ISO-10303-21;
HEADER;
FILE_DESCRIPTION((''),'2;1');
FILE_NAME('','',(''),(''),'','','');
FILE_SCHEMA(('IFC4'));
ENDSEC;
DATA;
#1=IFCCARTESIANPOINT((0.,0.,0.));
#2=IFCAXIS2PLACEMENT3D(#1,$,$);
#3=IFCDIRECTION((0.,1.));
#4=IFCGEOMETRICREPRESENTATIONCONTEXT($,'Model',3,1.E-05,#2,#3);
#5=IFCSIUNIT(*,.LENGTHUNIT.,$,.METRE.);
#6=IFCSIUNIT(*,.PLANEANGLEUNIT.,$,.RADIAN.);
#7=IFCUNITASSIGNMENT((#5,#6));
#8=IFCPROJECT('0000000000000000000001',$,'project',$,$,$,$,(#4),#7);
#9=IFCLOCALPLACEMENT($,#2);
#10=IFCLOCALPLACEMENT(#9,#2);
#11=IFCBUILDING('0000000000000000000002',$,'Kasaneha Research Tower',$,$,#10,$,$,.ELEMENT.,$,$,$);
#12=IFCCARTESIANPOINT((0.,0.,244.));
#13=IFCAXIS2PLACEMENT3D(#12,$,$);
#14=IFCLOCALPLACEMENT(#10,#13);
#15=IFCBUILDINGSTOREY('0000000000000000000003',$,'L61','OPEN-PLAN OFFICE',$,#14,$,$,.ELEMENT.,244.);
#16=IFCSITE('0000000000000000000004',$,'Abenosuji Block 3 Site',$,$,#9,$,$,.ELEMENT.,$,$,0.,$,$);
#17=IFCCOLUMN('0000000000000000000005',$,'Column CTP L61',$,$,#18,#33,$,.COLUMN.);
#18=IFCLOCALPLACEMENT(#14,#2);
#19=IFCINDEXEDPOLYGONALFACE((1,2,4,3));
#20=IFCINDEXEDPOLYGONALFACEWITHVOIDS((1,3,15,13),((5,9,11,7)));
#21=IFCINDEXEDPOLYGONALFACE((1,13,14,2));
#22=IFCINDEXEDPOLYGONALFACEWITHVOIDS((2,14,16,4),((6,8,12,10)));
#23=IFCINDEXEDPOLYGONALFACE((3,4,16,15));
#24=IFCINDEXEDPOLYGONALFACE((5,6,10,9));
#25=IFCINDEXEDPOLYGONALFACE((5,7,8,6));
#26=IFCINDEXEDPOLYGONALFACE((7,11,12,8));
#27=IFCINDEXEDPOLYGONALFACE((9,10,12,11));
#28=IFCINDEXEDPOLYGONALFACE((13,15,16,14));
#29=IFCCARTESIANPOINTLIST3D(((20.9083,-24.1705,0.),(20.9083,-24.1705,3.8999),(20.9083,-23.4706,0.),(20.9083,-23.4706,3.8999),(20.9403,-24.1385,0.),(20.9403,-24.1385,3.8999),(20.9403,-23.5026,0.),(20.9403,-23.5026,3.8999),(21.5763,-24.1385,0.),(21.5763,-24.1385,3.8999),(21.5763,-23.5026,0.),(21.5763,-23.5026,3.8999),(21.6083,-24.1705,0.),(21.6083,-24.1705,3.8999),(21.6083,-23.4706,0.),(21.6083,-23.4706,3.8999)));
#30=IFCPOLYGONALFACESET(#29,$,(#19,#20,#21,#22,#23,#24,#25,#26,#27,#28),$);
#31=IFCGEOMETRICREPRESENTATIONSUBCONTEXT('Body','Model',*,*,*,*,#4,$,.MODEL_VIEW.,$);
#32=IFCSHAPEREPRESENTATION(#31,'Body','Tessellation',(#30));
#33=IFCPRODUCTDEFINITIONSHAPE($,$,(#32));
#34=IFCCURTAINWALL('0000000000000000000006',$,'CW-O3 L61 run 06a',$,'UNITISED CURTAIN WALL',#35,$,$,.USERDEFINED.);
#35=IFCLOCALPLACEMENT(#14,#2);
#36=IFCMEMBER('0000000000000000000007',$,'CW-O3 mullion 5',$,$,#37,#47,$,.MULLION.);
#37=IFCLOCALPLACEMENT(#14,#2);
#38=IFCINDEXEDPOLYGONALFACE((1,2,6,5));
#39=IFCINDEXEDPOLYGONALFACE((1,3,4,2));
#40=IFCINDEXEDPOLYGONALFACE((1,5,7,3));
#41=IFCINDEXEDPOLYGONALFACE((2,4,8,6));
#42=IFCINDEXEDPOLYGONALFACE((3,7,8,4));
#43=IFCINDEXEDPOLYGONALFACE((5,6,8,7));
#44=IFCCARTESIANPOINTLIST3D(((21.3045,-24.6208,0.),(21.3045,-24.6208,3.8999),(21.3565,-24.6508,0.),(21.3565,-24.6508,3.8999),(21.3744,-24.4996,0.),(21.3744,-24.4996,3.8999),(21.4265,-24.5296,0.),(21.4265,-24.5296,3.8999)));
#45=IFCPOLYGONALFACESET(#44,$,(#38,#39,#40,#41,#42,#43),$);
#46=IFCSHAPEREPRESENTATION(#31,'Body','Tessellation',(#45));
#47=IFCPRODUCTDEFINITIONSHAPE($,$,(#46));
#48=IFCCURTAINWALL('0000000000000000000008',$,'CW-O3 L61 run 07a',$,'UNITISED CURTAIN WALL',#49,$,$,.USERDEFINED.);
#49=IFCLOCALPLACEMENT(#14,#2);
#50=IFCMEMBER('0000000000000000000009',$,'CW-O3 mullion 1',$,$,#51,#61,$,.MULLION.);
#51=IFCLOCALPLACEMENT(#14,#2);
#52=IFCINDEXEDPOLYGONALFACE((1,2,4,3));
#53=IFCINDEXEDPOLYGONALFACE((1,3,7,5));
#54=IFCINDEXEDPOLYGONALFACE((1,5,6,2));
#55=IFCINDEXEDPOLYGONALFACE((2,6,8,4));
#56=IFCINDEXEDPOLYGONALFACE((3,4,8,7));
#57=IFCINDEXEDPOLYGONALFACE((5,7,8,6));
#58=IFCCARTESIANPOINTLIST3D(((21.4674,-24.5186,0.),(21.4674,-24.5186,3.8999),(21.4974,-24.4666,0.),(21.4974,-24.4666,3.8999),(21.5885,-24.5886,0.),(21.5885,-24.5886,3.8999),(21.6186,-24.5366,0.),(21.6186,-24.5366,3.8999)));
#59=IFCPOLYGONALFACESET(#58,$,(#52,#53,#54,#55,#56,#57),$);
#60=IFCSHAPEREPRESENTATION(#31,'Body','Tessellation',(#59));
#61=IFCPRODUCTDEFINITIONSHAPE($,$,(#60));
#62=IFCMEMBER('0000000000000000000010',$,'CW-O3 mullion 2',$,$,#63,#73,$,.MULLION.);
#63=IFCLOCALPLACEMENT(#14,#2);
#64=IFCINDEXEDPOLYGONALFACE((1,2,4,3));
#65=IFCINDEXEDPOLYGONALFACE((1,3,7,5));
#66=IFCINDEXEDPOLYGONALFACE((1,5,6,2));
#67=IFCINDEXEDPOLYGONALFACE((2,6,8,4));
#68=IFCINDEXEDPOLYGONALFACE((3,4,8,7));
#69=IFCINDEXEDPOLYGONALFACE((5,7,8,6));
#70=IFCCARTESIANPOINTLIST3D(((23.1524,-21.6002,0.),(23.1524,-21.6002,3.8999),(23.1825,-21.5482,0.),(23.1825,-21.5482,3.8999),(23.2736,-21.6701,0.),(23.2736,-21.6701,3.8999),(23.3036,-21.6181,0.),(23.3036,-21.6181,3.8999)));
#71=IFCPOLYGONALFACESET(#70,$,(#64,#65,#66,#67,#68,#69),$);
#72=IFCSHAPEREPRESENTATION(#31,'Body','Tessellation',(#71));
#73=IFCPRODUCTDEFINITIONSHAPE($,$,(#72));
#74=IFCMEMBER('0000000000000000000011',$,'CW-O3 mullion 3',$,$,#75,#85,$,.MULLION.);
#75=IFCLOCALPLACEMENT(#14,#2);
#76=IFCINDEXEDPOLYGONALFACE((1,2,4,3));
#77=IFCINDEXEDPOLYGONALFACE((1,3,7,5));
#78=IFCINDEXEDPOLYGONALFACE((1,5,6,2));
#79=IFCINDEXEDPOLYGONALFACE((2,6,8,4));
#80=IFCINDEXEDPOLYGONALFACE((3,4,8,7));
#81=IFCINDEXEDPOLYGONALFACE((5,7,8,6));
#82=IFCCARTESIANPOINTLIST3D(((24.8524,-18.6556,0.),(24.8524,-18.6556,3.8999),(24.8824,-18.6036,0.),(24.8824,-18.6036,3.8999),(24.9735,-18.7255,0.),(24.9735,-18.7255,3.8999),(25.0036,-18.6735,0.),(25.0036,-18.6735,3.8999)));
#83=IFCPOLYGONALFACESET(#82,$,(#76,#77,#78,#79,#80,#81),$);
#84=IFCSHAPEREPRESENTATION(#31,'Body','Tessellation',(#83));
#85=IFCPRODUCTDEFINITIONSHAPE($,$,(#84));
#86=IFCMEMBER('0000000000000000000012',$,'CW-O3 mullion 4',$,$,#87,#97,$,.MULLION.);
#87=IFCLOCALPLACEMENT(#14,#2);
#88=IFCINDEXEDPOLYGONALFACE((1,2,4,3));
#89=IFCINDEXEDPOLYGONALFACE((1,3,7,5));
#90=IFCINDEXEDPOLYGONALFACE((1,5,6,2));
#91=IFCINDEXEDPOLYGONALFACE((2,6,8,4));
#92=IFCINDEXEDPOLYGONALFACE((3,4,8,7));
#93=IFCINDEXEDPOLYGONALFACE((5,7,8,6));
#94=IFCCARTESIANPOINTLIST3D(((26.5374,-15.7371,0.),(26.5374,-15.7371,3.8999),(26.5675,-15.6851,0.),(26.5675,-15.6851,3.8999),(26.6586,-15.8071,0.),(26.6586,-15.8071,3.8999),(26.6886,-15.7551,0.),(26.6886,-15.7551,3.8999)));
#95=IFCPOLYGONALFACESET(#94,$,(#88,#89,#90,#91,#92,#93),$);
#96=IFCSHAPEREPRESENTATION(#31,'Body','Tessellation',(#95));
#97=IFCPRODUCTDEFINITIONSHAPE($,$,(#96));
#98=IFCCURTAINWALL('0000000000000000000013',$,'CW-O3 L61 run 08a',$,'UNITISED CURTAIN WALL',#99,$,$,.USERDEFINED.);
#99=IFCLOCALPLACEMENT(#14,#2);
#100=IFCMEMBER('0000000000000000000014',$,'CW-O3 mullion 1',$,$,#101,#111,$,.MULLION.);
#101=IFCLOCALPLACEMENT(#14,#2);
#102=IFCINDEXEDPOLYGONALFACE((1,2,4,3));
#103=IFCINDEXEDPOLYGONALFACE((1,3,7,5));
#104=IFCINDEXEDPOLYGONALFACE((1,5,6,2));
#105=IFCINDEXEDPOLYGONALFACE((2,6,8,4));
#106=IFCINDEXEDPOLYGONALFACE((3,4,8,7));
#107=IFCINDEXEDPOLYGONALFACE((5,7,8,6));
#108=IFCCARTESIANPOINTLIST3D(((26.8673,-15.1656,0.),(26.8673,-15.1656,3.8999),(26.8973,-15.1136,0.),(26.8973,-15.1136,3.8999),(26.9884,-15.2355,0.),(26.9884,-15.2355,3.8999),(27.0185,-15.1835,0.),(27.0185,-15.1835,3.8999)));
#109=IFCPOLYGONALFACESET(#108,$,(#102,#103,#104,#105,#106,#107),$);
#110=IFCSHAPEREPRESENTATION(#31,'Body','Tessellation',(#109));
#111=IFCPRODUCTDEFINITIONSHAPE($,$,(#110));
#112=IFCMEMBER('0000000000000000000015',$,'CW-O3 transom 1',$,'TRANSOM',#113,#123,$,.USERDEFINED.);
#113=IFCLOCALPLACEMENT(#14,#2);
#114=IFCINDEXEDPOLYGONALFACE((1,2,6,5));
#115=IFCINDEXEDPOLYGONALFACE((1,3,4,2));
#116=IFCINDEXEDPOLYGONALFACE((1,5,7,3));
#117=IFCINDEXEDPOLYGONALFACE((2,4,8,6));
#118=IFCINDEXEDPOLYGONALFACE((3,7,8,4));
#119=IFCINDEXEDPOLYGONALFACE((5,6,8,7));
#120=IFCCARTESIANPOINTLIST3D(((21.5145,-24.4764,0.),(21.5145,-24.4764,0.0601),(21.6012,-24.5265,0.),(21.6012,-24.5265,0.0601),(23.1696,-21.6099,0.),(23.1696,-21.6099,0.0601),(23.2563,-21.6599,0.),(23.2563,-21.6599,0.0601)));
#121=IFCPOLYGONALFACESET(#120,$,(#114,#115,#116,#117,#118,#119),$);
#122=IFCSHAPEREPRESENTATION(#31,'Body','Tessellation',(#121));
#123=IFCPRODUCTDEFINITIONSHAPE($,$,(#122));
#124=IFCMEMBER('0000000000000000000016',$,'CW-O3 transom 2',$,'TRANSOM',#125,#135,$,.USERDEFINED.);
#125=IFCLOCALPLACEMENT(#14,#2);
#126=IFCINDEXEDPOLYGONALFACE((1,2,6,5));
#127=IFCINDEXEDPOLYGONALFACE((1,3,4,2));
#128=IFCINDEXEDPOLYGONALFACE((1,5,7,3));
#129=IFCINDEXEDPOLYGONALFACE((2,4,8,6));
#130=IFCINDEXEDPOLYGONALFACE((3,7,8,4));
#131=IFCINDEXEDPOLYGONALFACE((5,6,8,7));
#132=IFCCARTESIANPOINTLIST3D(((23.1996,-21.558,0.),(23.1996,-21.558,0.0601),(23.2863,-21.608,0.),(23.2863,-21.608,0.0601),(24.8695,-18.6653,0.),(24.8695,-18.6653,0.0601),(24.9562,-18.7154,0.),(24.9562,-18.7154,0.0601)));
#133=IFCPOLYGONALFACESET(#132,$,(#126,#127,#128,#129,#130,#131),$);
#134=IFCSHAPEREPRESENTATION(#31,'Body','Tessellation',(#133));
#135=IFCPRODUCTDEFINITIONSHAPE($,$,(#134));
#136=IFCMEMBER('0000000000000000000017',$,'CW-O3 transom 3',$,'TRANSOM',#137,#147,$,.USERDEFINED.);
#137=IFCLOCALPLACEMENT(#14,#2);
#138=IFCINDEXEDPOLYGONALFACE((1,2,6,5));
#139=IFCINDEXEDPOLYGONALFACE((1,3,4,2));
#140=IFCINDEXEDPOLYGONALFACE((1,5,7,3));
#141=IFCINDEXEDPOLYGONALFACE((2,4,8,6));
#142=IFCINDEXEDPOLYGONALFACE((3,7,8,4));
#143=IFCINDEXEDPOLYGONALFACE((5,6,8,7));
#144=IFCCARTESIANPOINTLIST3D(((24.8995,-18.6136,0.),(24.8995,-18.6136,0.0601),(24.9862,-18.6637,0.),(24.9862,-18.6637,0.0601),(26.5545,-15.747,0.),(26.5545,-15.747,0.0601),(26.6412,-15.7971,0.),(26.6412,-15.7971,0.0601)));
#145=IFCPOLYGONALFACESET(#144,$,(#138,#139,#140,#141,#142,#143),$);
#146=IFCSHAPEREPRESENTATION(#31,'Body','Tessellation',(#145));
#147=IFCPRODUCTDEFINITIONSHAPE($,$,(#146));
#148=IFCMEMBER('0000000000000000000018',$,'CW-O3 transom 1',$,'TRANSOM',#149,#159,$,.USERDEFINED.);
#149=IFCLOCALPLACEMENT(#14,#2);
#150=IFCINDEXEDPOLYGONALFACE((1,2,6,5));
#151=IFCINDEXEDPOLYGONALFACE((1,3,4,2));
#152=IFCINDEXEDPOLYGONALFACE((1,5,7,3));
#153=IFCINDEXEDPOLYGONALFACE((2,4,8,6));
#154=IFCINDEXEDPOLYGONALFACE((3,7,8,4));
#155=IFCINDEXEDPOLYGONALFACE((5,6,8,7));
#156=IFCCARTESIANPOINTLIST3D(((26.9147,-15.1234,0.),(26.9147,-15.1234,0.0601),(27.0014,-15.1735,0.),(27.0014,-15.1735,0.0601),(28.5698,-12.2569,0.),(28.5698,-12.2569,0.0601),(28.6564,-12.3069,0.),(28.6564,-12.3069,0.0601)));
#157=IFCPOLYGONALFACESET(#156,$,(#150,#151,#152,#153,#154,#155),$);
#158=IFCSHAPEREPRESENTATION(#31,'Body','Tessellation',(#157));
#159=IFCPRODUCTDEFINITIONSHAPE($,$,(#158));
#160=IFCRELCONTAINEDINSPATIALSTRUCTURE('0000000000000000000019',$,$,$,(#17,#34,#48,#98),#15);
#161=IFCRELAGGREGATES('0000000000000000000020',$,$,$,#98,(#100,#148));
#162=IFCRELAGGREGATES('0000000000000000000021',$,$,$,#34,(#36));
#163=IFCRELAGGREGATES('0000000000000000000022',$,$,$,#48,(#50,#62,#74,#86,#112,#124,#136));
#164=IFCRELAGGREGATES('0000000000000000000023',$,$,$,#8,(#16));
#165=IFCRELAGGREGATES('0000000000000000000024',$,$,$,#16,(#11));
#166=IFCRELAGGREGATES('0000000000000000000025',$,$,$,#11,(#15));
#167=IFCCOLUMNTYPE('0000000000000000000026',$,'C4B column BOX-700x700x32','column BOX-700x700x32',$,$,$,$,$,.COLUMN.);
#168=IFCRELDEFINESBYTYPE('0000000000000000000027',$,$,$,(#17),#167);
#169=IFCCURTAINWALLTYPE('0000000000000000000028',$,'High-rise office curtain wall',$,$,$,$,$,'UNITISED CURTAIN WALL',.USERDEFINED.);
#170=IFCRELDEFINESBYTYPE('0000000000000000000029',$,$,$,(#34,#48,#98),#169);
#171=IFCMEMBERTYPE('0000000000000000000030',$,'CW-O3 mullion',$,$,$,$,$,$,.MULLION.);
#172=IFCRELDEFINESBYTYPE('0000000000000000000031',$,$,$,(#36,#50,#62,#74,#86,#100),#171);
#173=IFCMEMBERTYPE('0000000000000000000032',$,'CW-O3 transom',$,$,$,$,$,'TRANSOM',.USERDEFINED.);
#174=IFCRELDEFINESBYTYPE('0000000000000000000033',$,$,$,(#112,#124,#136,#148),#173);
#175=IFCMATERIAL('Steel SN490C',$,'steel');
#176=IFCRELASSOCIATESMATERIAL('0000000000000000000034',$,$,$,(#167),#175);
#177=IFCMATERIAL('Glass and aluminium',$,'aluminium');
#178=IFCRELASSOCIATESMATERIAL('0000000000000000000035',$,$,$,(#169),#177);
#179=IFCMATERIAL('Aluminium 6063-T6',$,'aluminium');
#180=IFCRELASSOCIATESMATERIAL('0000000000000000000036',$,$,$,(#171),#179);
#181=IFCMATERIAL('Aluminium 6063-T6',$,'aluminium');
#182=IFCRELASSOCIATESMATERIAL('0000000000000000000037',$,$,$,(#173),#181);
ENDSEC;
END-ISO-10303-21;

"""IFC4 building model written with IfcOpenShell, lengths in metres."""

from ifc_helpers import new_model, si_unit, direction, frame, origin, origin_2d, place, context, subcontext, project, spatial, rectangle, hollow_rectangle, extrude, material, material_profile, profile_set, type_object, element, aggregate, save


model = new_model("IFC4")

# Units and contexts
model_context = context("Model", 3, precision=1e-05, world=origin(), true_north=direction((0.0, 1.0)))
body_context = subcontext(model_context, "Body", "Model", "MODEL_VIEW")
ifc_project = project(units=[si_unit("LENGTHUNIT", "METRE"), si_unit("PLANEANGLEUNIT", "RADIAN")], contexts=[model_context])

# Site, building, storey
site_placement = place(None, origin())
site = spatial("IfcSite", under=ifc_project, at=site_placement, Name="Abenosuji Block 3 Site", CompositionType="ELEMENT", RefElevation=0.0)
building_placement = place(site_placement, origin())
building = spatial("IfcBuilding", under=site, at=building_placement, Name="Kasaneha Research Tower", CompositionType="ELEMENT")
storey_placement = place(building_placement, frame((0.0, 0.0, 244.0)))
storey = spatial("IfcBuildingStorey", under=building, at=storey_placement, Name="L61", Description="OPEN-PLAN OFFICE", CompositionType="ELEMENT", Elevation=244.0)

# Column
ifc_material_1 = material(Name="Steel SN490C", Category="steel")
ifc_material_profile_1 = material_profile(ifc_material_1, hollow_rectangle(XDim=0.7, YDim=0.7, WallThickness=0.032, at=origin_2d()), Name="BOX-700x700x32")
ifc_profile_set_1 = profile_set([ifc_material_profile_1], Name="Steel SN490C")
column_type = type_object("IfcColumnType", Name="C4B column BOX-700x700x32", Description="column BOX-700x700x32", PredefinedType="COLUMN", material=ifc_profile_set_1)
column_placement = place(storey_placement, frame((21.2583, -23.8206, 0.0), z_axis=(0.0, 0.0, 1.0), x_axis=(1.0, 0.0, 0.0)))
element("IfcColumn", 1, at=column_placement, inside=storey, type_object=column_type, Name="Column CTP L61", PredefinedType="COLUMN", context=body_context, shape_type="SweptSolid", body=[
    extrude(hollow_rectangle(XDim=0.7, YDim=0.7, WallThickness=0.032, at=origin_2d()), origin(), (0.0, 0.0, 1.0), 3.8999),
])

# Curtain wall, member
ifc_material_2 = material(Name="Glass and aluminium", Category="aluminium")
curtain_wall_type = type_object("IfcCurtainWallType", Name="High-rise office curtain wall", ElementType="UNITISED CURTAIN WALL", PredefinedType="USERDEFINED", material=ifc_material_2)
curtain_wall_1_placement = place(storey_placement, origin())
curtain_wall_1 = element("IfcCurtainWall", 2, at=curtain_wall_1_placement, inside=storey, type_object=curtain_wall_type, Name="CW-O3 L61 run 06a", ObjectType="UNITISED CURTAIN WALL", PredefinedType="USERDEFINED")
ifc_material_3 = material(Name="Aluminium 6063-T6", Category="aluminium")
ifc_material_profile_2 = material_profile(ifc_material_3, rectangle(XDim=0.0601, YDim=0.1399, at=origin_2d()), Name="CW-O3 mullion 60x140")
ifc_profile_set_2 = profile_set([ifc_material_profile_2], Name="Aluminium 6063-T6")
member_type_1 = type_object("IfcMemberType", Name="CW-O3 mullion", PredefinedType="MULLION", material=ifc_profile_set_2)
member_1_placement = place(storey_placement, frame((21.3655, -24.5752, 0.0), z_axis=(0.0, 0.0, 1.0), x_axis=(0.866025, -0.5, 0.0)))
member_1 = element("IfcMember", 3, at=member_1_placement, type_object=member_type_1, Name="CW-O3 mullion 5", PredefinedType="MULLION", context=body_context, shape_type="SweptSolid", body=[
    extrude(rectangle(XDim=0.0601, YDim=0.1399, at=origin_2d()), origin(), (0.0, 0.0, 1.0), 3.8999),
])

# Curtain wall, members
curtain_wall_2_placement = place(storey_placement, origin())
curtain_wall_2 = element("IfcCurtainWall", 4, at=curtain_wall_2_placement, inside=storey, type_object=curtain_wall_type, Name="CW-O3 L61 run 07a", ObjectType="UNITISED CURTAIN WALL", PredefinedType="USERDEFINED")
member_2_placement = place(storey_placement, frame((21.543, -24.5276, 0.0), z_axis=(0.0, 0.0, 1.0), x_axis=(0.5, 0.866025, 0.0)))
member_2 = element("IfcMember", 5, at=member_2_placement, type_object=member_type_1, Name="CW-O3 mullion 1", PredefinedType="MULLION", context=body_context, shape_type="SweptSolid", body=[
    extrude(rectangle(XDim=0.0601, YDim=0.1399, at=origin_2d()), origin(), (0.0, 0.0, 1.0), 3.8999),
])
member_3_placement = place(storey_placement, frame((23.228, -21.6091, 0.0), z_axis=(0.0, 0.0, 1.0), x_axis=(0.5, 0.866025, 0.0)))
member_3 = element("IfcMember", 6, at=member_3_placement, type_object=member_type_1, Name="CW-O3 mullion 2", PredefinedType="MULLION", context=body_context, shape_type="SweptSolid", body=[
    extrude(rectangle(XDim=0.0601, YDim=0.1399, at=origin_2d()), origin(), (0.0, 0.0, 1.0), 3.8999),
])
member_4_placement = place(storey_placement, frame((24.928, -18.6646, 0.0), z_axis=(0.0, 0.0, 1.0), x_axis=(0.5, 0.866025, 0.0)))
member_4 = element("IfcMember", 7, at=member_4_placement, type_object=member_type_1, Name="CW-O3 mullion 3", PredefinedType="MULLION", context=body_context, shape_type="SweptSolid", body=[
    extrude(rectangle(XDim=0.0601, YDim=0.1399, at=origin_2d()), origin(), (0.0, 0.0, 1.0), 3.8999),
])
member_5_placement = place(storey_placement, frame((26.613, -15.7461, 0.0), z_axis=(0.0, 0.0, 1.0), x_axis=(0.5, 0.866025, 0.0)))
member_5 = element("IfcMember", 8, at=member_5_placement, type_object=member_type_1, Name="CW-O3 mullion 4", PredefinedType="MULLION", context=body_context, shape_type="SweptSolid", body=[
    extrude(rectangle(XDim=0.0601, YDim=0.1399, at=origin_2d()), origin(), (0.0, 0.0, 1.0), 3.8999),
])

# Curtain wall, member
curtain_wall_3_placement = place(storey_placement, origin())
curtain_wall_3 = element("IfcCurtainWall", 9, at=curtain_wall_3_placement, inside=storey, type_object=curtain_wall_type, Name="CW-O3 L61 run 08a", ObjectType="UNITISED CURTAIN WALL", PredefinedType="USERDEFINED")
member_6_placement = place(storey_placement, frame((26.9429, -15.1746, 0.0), z_axis=(0.0, 0.0, 1.0), x_axis=(0.5, 0.866025, 0.0)))
member_6 = element("IfcMember", 10, at=member_6_placement, type_object=member_type_1, Name="CW-O3 mullion 1", PredefinedType="MULLION", context=body_context, shape_type="SweptSolid", body=[
    extrude(rectangle(XDim=0.0601, YDim=0.1399, at=origin_2d()), origin(), (0.0, 0.0, 1.0), 3.8999),
])

# Members
ifc_material_4 = material(Name="Aluminium 6063-T6", Category="aluminium")
ifc_material_profile_3 = material_profile(ifc_material_4, rectangle(XDim=0.1001, YDim=0.0601, at=origin_2d()), Name="CW-O3 transom 100x60")
ifc_profile_set_3 = profile_set([ifc_material_profile_3], Name="Aluminium 6063-T6")
member_type_2 = type_object("IfcMemberType", Name="CW-O3 transom", ElementType="TRANSOM", PredefinedType="USERDEFINED", material=ifc_profile_set_3)
member_7_placement = place(storey_placement, frame((21.5579, -24.5015, 0.03), z_axis=(0.500018, 0.866015, 0.0), x_axis=(-0.866015, 0.500018, 0.0)))
member_7 = element("IfcMember", 11, at=member_7_placement, type_object=member_type_2, Name="CW-O3 transom 1", ObjectType="TRANSOM", PredefinedType="USERDEFINED", context=body_context, shape_type="SweptSolid", body=[
    extrude(rectangle(XDim=0.1001, YDim=0.0601, at=origin_2d()), origin(), (0.0, 0.0, 1.0), 3.3101),
])
member_8_placement = place(storey_placement, frame((23.2429, -21.583, 0.03), z_axis=(0.499976, 0.86604, 0.0), x_axis=(-0.86604, 0.499976, 0.0)))
member_8 = element("IfcMember", 12, at=member_8_placement, type_object=member_type_2, Name="CW-O3 transom 2", ObjectType="TRANSOM", PredefinedType="USERDEFINED", context=body_context, shape_type="SweptSolid", body=[
    extrude(rectangle(XDim=0.1001, YDim=0.0601, at=origin_2d()), origin(), (0.0, 0.0, 1.0), 3.3401),
])
member_9_placement = place(storey_placement, frame((24.9429, -18.6387, 0.03), z_axis=(0.499986, 0.866033, 0.0), x_axis=(-0.866033, 0.499986, 0.0)))
member_9 = element("IfcMember", 13, at=member_9_placement, type_object=member_type_2, Name="CW-O3 transom 3", ObjectType="TRANSOM", PredefinedType="USERDEFINED", context=body_context, shape_type="SweptSolid", body=[
    extrude(rectangle(XDim=0.1001, YDim=0.0601, at=origin_2d()), origin(), (0.0, 0.0, 1.0), 3.3101),
])
member_10_placement = place(storey_placement, frame((26.958, -15.1484, 0.03), z_axis=(0.500018, 0.866015, 0.0), x_axis=(-0.866015, 0.500018, 0.0)))
member_10 = element("IfcMember", 14, at=member_10_placement, type_object=member_type_2, Name="CW-O3 transom 1", ObjectType="TRANSOM", PredefinedType="USERDEFINED", context=body_context, shape_type="SweptSolid", body=[
    extrude(rectangle(XDim=0.1001, YDim=0.0601, at=origin_2d()), origin(), (0.0, 0.0, 1.0), 3.3101),
])
aggregate(curtain_wall_3, [member_6, member_10])

aggregate(curtain_wall_1, [member_1])
aggregate(curtain_wall_2, [member_2, member_3, member_4, member_5, member_7, member_8, member_9])

save(model, "model.ifc")
